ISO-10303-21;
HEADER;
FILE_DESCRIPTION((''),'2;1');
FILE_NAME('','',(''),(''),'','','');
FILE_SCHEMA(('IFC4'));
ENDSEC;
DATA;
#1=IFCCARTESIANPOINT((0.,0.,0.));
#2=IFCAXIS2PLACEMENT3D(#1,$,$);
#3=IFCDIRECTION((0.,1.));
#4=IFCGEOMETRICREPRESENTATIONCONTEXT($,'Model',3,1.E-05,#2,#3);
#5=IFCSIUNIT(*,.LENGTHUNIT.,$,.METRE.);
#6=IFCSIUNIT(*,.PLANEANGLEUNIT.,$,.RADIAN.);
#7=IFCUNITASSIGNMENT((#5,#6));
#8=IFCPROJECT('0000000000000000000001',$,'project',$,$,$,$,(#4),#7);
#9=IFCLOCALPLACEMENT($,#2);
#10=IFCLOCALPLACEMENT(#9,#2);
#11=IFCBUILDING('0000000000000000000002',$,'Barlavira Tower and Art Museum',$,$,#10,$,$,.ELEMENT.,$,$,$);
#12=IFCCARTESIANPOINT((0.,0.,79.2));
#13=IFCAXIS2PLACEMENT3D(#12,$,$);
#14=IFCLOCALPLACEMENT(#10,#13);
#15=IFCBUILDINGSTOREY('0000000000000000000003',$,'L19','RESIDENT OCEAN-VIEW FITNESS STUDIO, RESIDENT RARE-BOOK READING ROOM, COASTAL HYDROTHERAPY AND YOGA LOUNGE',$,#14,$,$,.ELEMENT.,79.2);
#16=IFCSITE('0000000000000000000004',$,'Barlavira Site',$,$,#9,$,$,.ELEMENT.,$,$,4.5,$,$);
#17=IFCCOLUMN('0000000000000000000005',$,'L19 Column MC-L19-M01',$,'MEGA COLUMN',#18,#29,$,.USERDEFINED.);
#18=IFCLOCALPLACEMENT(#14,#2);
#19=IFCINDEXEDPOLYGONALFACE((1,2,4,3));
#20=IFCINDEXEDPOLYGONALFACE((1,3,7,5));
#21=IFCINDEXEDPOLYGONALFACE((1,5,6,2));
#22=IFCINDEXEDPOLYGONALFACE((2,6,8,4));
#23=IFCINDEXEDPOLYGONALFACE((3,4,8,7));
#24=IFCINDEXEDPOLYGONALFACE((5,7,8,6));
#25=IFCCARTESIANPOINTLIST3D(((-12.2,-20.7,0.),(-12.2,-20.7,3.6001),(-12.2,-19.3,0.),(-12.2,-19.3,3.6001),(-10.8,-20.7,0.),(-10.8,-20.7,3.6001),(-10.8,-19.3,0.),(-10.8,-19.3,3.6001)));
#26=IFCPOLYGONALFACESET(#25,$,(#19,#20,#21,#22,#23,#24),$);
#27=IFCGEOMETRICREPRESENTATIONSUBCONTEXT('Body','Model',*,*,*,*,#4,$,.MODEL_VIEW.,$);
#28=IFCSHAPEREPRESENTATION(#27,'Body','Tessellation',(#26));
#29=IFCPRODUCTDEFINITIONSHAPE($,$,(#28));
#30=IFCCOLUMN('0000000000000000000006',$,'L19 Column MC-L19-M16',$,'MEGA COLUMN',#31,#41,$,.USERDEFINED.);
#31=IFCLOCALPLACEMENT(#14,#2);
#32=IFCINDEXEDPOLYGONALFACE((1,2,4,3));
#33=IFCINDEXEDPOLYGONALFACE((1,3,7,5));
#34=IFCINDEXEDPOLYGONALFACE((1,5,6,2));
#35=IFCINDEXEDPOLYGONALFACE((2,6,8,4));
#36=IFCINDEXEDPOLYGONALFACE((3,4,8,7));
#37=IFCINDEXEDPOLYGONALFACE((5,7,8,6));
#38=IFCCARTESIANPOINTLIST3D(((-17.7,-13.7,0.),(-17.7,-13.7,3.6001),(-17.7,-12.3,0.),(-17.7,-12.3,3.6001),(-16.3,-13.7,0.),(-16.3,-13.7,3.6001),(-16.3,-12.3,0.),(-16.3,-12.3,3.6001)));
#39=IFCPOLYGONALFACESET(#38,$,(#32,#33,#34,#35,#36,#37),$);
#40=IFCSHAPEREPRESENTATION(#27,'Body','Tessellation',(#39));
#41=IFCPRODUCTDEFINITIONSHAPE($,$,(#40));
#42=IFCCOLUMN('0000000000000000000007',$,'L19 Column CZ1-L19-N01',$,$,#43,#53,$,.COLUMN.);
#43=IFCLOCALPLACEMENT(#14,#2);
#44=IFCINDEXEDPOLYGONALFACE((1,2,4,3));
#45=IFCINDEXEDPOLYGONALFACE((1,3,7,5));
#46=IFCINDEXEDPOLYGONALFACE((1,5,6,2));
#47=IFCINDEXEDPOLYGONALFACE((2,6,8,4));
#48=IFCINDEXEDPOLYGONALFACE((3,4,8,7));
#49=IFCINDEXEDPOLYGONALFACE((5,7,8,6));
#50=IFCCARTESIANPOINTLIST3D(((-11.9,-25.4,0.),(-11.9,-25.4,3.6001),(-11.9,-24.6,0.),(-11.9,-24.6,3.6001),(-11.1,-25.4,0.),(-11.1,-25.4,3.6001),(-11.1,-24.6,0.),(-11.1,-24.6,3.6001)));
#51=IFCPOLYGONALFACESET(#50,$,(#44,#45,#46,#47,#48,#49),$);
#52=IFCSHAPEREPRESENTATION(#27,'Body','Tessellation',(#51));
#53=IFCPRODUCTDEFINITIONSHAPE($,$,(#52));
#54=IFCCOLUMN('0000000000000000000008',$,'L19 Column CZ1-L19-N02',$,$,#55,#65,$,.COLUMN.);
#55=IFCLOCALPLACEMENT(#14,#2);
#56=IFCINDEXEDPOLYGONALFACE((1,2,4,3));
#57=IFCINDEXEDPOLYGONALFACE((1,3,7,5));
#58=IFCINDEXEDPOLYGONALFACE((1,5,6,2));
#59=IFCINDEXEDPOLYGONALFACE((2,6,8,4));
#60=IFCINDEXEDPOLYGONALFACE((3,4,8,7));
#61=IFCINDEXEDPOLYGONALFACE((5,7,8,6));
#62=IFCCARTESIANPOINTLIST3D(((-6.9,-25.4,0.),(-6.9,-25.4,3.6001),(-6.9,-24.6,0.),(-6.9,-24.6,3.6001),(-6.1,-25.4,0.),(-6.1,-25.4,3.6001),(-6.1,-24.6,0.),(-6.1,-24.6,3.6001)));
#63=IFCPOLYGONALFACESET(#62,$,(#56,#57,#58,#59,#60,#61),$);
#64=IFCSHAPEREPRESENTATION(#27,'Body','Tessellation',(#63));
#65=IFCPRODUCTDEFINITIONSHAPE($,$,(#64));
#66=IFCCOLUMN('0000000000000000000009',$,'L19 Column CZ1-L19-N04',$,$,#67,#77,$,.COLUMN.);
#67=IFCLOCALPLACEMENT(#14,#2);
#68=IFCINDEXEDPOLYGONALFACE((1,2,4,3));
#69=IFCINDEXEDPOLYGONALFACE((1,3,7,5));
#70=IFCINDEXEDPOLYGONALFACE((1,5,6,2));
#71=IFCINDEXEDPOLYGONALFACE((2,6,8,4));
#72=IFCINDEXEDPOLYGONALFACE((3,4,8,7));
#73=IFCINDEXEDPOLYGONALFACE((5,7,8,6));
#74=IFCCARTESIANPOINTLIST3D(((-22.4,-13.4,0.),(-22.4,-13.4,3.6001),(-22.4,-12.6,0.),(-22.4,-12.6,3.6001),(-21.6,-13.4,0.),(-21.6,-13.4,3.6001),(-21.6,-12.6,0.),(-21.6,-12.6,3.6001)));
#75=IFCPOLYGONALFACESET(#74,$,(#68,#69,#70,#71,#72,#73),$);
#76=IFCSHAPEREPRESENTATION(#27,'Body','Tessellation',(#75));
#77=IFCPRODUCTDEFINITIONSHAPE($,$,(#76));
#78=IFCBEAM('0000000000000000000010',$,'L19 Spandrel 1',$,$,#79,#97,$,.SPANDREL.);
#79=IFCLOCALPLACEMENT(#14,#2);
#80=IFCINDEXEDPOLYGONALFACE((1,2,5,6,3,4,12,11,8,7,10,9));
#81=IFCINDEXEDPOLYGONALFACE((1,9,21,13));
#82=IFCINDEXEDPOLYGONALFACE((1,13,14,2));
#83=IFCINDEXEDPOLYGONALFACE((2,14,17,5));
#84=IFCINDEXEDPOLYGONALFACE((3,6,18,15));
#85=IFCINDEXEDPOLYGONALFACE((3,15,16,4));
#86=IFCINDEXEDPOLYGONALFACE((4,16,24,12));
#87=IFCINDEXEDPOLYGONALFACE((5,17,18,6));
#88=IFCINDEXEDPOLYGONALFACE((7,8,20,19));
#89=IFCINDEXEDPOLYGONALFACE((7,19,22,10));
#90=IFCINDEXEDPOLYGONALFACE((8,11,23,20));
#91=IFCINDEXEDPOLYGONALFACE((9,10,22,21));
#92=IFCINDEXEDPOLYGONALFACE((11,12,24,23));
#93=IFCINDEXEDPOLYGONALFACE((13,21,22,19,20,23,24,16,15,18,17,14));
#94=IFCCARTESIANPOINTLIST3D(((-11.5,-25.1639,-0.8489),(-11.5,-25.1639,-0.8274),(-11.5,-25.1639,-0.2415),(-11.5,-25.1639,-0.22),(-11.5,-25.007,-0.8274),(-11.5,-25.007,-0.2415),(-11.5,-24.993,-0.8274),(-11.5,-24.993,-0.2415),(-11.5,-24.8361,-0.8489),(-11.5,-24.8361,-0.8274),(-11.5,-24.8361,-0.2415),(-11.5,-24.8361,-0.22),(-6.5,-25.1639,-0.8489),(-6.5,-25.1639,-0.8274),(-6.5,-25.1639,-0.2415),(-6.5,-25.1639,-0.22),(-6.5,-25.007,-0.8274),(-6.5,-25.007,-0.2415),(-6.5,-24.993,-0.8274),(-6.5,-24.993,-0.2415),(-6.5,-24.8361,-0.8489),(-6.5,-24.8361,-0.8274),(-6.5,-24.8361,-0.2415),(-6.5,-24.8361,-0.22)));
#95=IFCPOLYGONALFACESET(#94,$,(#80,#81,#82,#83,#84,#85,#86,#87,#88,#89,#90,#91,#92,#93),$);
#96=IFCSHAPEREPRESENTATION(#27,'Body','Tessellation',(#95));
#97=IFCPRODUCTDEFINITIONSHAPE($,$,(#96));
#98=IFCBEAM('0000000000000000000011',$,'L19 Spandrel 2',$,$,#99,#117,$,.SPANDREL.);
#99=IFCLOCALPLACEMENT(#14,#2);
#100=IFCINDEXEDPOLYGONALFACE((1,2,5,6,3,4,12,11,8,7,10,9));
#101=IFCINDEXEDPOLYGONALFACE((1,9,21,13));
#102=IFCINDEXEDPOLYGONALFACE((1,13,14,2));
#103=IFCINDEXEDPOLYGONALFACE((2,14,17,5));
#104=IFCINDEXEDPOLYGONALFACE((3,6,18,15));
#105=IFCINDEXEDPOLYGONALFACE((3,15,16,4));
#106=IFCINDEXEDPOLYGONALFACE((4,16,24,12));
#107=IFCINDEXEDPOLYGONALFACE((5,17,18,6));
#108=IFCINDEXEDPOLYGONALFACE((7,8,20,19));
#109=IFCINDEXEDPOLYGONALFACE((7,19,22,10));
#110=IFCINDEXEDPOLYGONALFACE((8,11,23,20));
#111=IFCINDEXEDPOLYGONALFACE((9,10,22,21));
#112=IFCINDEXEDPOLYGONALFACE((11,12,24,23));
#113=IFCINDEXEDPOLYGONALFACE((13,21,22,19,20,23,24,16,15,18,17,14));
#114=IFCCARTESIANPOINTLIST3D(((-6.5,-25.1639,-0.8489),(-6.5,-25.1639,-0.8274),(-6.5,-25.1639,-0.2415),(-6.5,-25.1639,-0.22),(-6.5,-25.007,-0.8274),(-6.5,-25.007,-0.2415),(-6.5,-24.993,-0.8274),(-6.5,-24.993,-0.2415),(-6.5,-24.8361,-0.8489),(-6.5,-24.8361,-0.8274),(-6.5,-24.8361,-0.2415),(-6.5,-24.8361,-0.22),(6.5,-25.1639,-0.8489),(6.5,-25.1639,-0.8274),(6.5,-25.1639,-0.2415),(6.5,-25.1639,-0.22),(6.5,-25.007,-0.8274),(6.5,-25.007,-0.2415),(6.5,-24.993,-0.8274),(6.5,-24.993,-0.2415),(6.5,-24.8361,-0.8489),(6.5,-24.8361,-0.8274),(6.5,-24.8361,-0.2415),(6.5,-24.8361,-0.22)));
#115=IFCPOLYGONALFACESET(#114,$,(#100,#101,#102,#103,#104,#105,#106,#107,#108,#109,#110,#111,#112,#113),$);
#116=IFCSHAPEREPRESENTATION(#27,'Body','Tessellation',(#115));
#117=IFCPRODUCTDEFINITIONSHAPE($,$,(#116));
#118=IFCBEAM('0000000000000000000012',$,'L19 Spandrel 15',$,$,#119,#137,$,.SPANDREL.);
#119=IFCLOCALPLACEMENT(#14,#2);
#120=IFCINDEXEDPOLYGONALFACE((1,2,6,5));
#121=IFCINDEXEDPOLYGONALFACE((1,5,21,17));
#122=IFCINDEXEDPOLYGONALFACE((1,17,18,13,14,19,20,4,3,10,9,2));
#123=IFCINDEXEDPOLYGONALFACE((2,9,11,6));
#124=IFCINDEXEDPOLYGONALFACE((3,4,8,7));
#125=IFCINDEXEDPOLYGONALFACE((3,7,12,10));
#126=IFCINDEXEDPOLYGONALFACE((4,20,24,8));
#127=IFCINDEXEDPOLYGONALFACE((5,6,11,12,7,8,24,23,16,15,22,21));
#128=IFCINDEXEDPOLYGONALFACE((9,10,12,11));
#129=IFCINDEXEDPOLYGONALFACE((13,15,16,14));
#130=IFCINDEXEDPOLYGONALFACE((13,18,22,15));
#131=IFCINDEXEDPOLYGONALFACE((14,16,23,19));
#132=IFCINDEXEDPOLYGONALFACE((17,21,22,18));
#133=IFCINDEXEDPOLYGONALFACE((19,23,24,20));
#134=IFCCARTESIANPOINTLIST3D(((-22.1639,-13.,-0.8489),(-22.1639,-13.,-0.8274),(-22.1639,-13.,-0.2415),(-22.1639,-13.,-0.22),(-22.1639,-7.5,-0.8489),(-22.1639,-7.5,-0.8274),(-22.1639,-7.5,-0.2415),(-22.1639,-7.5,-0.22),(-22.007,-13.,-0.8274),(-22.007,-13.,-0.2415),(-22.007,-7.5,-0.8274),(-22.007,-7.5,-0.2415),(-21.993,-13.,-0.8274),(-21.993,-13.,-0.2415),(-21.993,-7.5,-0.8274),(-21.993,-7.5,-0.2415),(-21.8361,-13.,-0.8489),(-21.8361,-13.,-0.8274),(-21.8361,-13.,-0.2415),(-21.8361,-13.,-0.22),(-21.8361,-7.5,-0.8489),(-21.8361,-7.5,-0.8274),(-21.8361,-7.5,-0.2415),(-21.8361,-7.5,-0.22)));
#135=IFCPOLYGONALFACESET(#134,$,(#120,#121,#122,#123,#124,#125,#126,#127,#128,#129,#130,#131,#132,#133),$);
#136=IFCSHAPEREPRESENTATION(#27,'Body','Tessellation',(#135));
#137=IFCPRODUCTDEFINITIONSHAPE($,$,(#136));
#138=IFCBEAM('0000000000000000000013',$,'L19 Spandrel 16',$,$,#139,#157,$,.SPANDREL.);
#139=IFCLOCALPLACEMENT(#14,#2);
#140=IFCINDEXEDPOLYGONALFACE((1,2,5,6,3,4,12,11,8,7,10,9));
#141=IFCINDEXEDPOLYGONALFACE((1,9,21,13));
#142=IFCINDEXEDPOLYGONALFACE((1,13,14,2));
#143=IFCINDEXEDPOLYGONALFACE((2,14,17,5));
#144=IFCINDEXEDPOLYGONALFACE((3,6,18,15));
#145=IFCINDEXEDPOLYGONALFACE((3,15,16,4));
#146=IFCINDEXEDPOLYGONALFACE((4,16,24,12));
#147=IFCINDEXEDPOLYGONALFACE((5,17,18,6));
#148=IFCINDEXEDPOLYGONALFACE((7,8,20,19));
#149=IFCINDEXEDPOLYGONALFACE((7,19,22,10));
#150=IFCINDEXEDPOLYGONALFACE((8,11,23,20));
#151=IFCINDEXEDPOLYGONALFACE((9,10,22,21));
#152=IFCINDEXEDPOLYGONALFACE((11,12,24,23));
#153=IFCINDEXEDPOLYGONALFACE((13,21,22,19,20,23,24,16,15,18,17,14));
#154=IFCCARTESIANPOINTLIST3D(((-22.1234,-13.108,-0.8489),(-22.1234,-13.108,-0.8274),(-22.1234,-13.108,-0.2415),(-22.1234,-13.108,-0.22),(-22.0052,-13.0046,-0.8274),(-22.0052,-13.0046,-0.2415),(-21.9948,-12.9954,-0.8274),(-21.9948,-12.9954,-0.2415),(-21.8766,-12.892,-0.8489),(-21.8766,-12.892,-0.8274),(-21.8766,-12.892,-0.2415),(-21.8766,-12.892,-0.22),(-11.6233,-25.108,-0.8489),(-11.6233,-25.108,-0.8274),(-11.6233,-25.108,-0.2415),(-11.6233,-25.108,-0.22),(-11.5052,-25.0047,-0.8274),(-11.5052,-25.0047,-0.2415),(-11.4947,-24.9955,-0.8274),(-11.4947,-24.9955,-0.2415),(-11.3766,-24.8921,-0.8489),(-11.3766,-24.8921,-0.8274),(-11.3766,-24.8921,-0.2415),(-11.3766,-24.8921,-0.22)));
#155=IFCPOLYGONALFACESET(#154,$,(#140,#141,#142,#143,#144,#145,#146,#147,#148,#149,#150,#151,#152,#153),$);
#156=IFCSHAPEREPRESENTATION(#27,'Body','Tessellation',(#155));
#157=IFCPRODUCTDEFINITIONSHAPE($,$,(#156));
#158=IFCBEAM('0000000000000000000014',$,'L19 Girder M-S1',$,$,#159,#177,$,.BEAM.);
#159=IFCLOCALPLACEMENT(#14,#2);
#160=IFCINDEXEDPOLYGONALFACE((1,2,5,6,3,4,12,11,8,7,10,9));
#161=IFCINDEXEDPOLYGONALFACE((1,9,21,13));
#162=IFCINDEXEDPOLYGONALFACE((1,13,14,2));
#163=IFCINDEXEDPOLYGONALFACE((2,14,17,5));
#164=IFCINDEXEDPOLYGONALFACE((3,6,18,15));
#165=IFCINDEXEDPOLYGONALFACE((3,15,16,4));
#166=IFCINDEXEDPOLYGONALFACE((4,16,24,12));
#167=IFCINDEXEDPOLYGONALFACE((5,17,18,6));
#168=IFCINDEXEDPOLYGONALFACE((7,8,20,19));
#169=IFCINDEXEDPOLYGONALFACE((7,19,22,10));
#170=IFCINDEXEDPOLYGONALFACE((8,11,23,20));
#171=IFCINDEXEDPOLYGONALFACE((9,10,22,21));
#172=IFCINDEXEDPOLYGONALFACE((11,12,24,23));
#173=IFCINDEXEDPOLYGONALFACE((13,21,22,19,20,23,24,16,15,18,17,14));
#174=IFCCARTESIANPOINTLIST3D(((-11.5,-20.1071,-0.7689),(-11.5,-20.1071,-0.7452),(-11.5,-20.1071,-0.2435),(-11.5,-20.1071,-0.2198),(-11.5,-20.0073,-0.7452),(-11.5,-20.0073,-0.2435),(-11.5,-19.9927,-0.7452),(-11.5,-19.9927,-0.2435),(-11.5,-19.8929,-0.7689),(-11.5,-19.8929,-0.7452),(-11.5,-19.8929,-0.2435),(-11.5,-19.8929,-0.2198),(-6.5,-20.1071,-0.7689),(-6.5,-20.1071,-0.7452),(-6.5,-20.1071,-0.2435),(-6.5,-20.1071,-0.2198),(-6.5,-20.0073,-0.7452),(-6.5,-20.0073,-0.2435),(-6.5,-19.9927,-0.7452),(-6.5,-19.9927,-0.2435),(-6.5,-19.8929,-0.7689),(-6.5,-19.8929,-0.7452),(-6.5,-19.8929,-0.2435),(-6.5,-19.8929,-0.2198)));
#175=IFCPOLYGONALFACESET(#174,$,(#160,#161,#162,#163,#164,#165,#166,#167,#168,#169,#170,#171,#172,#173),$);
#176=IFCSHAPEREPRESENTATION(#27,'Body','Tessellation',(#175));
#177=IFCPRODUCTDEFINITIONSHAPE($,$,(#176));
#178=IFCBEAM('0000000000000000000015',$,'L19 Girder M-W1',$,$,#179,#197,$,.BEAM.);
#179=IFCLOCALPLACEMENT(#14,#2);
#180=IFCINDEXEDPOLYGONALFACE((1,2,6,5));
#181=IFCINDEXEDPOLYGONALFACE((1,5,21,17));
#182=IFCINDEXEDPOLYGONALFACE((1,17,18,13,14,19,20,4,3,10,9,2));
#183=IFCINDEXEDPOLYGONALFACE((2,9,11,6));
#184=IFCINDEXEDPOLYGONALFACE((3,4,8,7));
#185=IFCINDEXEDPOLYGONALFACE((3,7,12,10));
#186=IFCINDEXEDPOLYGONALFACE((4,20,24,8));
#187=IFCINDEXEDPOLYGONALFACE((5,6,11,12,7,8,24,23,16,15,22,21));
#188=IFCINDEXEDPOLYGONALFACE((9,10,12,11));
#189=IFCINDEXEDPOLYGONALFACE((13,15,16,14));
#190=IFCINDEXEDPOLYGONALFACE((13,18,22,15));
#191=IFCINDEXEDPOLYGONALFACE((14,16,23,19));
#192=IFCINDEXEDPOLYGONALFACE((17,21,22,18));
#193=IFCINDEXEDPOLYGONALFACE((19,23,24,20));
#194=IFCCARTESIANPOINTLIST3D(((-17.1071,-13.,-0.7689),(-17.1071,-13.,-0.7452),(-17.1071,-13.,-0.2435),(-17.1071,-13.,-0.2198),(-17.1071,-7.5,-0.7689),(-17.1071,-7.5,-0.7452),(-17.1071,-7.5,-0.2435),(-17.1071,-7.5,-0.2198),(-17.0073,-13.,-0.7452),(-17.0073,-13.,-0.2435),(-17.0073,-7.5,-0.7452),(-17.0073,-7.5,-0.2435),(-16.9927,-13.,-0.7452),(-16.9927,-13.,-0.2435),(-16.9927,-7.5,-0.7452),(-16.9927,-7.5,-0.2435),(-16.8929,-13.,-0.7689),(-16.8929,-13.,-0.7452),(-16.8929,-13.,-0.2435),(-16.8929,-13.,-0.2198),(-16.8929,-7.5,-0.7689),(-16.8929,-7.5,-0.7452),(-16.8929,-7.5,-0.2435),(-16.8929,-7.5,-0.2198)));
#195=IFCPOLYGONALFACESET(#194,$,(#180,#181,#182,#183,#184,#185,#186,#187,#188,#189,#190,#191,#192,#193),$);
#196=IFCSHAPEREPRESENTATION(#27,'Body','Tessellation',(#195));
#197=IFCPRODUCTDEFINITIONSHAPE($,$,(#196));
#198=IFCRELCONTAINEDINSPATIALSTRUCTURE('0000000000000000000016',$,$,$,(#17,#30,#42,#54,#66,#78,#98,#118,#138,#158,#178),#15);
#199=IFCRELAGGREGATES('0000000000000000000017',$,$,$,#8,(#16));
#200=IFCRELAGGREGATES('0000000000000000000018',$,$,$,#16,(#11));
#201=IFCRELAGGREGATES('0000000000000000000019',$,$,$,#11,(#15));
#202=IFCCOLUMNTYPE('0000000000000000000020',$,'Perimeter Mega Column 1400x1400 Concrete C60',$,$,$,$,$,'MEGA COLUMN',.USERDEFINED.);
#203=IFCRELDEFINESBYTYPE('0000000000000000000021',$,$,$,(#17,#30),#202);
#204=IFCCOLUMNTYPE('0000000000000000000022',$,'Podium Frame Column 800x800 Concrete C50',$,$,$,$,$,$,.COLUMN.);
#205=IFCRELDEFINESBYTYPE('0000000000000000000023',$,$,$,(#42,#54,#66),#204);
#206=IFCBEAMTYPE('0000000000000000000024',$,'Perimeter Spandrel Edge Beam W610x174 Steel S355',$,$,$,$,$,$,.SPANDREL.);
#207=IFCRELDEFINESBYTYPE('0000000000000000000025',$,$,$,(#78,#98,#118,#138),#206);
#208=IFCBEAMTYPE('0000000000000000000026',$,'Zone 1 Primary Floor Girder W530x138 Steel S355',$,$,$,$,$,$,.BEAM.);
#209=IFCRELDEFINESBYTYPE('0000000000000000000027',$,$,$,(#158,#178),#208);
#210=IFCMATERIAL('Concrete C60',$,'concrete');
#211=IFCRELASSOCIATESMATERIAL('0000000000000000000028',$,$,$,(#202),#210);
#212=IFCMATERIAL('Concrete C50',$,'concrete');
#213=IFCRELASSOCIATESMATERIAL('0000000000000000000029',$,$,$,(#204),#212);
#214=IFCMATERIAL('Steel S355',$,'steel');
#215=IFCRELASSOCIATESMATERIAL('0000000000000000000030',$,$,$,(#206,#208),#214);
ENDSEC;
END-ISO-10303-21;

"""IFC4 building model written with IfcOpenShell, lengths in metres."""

from ifc_helpers import new_model, si_unit, direction, frame, origin, origin_2d, place, context, subcontext, project, spatial, rectangle, i_section, extrude, material, material_profile, profile_set, type_object, element, save


model = new_model("IFC4")

# Units and contexts
model_context = context("Model", 3, precision=1e-05, world=origin(), true_north=direction((0.0, 1.0)))
body_context = subcontext(model_context, "Body", "Model", "MODEL_VIEW")
ifc_project = project(units=[si_unit("LENGTHUNIT", "METRE"), si_unit("PLANEANGLEUNIT", "RADIAN")], contexts=[model_context])

# Site, building, storey
site_placement = place(None, origin())
site = spatial("IfcSite", under=ifc_project, at=site_placement, Name="Barlavira Site", CompositionType="ELEMENT", RefElevation=4.5)
building_placement = place(site_placement, origin())
building = spatial("IfcBuilding", under=site, at=building_placement, Name="Barlavira Tower and Art Museum", CompositionType="ELEMENT")
storey_placement = place(building_placement, frame((0.0, 0.0, 79.2)))
storey = spatial("IfcBuildingStorey", under=building, at=storey_placement, Name="L19", Description="RESIDENT OCEAN-VIEW FITNESS STUDIO, RESIDENT RARE-BOOK READING ROOM, COASTAL HYDROTHERAPY AND YOGA LOUNGE", CompositionType="ELEMENT", Elevation=79.2)

# Columns
ifc_material_1 = material(Name="Concrete C60", Category="concrete")
ifc_material_profile_1 = material_profile(ifc_material_1, rectangle(XDim=1.3999, YDim=1.3999, at=origin_2d()), Name="RC-MCOL 1400x1400")
ifc_profile_set_1 = profile_set([ifc_material_profile_1], Name="Concrete C60")
column_type_1 = type_object("IfcColumnType", Name="Perimeter Mega Column 1400x1400 Concrete C60", ElementType="MEGA COLUMN", PredefinedType="USERDEFINED", material=ifc_profile_set_1)
for number, where, z_axis, x_axis, name in (
    (1, (-11.5, -20.0, 0.0), (0.0, 0.0, 1.0), (1.0, 0.0, 0.0), "L19 Column MC-L19-M01"),
    (2, (-17.0, -13.0, 0.0), (0.0, 0.0, 1.0), (1.0, 0.0, 0.0), "L19 Column MC-L19-M16"),
):
    element("IfcColumn", number, at=place(storey_placement, frame(where, z_axis=z_axis, x_axis=x_axis)), inside=storey, type_object=column_type_1, Name=name, ObjectType="MEGA COLUMN", PredefinedType="USERDEFINED", context=body_context, shape_type="SweptSolid", body=[
        extrude(rectangle(XDim=1.3999, YDim=1.3999, at=origin_2d()), origin(), (0.0, 0.0, 1.0), 3.6001),
    ])
ifc_material_2 = material(Name="Concrete C50", Category="concrete")
ifc_material_profile_2 = material_profile(ifc_material_2, rectangle(XDim=0.8, YDim=0.8, at=origin_2d()), Name="RC-COL 800x800")
ifc_profile_set_2 = profile_set([ifc_material_profile_2], Name="Concrete C50")
column_type_2 = type_object("IfcColumnType", Name="Podium Frame Column 800x800 Concrete C50", PredefinedType="COLUMN", material=ifc_profile_set_2)
for number, where, z_axis, x_axis, name in (
    (3, (-11.5, -25.0, 0.0), (0.0, 0.0, 1.0), (1.0, 0.0, 0.0), "L19 Column CZ1-L19-N01"),
    (4, (-6.5, -25.0, 0.0), (0.0, 0.0, 1.0), (1.0, 0.0, 0.0), "L19 Column CZ1-L19-N02"),
    (5, (-22.0, -13.0, 0.0), (0.0, 0.0, 1.0), (1.0, 0.0, 0.0), "L19 Column CZ1-L19-N04"),
):
    element("IfcColumn", number, at=place(storey_placement, frame(where, z_axis=z_axis, x_axis=x_axis)), inside=storey, type_object=column_type_2, Name=name, PredefinedType="COLUMN", context=body_context, shape_type="SweptSolid", body=[
        extrude(rectangle(XDim=0.8, YDim=0.8, at=origin_2d()), origin(), (0.0, 0.0, 1.0), 3.6001),
    ])

# Beams
ifc_material_3 = material(Name="Steel S355", Category="steel")
ifc_material_profile_3 = material_profile(ifc_material_3, i_section(OverallWidth=0.3279, OverallDepth=0.6289, WebThickness=0.0139, FlangeThickness=0.0215, at=origin_2d()), Name="W610x174.0")
ifc_profile_set_3 = profile_set([ifc_material_profile_3], Name="Steel S355")
beam_type_1 = type_object("IfcBeamType", Name="Perimeter Spandrel Edge Beam W610x174 Steel S355", PredefinedType="SPANDREL", material=ifc_profile_set_3)
beam_1_placement = place(storey_placement, frame((-11.5, -25.0, -0.5344), z_axis=(1.0, 0.0, 0.0), x_axis=(0.0, 1.0, 0.0)))
element("IfcBeam", 6, at=beam_1_placement, inside=storey, type_object=beam_type_1, Name="L19 Spandrel 1", PredefinedType="SPANDREL", context=body_context, shape_type="SweptSolid", body=[
    extrude(i_section(OverallWidth=0.3279, OverallDepth=0.6289, WebThickness=0.0139, FlangeThickness=0.0215, at=origin_2d()), origin(), (0.0, 0.0, 1.0), 5.0),
])
beam_2_placement = place(storey_placement, frame((-6.5, -25.0, -0.5344), z_axis=(1.0, 0.0, 0.0), x_axis=(0.0, 1.0, 0.0)))
element("IfcBeam", 7, at=beam_2_placement, inside=storey, type_object=beam_type_1, Name="L19 Spandrel 2", PredefinedType="SPANDREL", context=body_context, shape_type="SweptSolid", body=[
    extrude(i_section(OverallWidth=0.3279, OverallDepth=0.6289, WebThickness=0.0139, FlangeThickness=0.0215, at=origin_2d()), origin(), (0.0, 0.0, 1.0), 13.0),
])
beam_3_placement = place(storey_placement, frame((-22.0, -13.0, -0.5344), z_axis=(0.0, 1.0, 0.0), x_axis=(-1.0, 0.0, 0.0)))
element("IfcBeam", 8, at=beam_3_placement, inside=storey, type_object=beam_type_1, Name="L19 Spandrel 15", PredefinedType="SPANDREL", context=body_context, shape_type="SweptSolid", body=[
    extrude(i_section(OverallWidth=0.3279, OverallDepth=0.6289, WebThickness=0.0139, FlangeThickness=0.0215, at=origin_2d()), origin(), (0.0, 0.0, 1.0), 5.5),
])
beam_4_placement = place(storey_placement, frame((-22.0, -13.0, -0.5344), z_axis=(0.658505, -0.752577, 0.0), x_axis=(0.752577, 0.658505, 0.0)))
element("IfcBeam", 9, at=beam_4_placement, inside=storey, type_object=beam_type_1, Name="L19 Spandrel 16", PredefinedType="SPANDREL", context=body_context, shape_type="SweptSolid", body=[
    extrude(i_section(OverallWidth=0.3279, OverallDepth=0.6289, WebThickness=0.0139, FlangeThickness=0.0215, at=origin_2d()), origin(), (0.0, 0.0, 1.0), 15.9453),
])
ifc_material_profile_4 = material_profile(ifc_material_3, i_section(OverallWidth=0.2141, OverallDepth=0.5491, WebThickness=0.0146, FlangeThickness=0.0237, at=origin_2d()), Name="W530x138.0")
ifc_profile_set_4 = profile_set([ifc_material_profile_4], Name="Steel S355")
beam_type_2 = type_object("IfcBeamType", Name="Zone 1 Primary Floor Girder W530x138 Steel S355", PredefinedType="BEAM", material=ifc_profile_set_4)
beam_5_placement = place(storey_placement, frame((-11.5, -20.0, -0.4944), z_axis=(1.0, 0.0, 0.0), x_axis=(0.0, 1.0, 0.0)))
element("IfcBeam", 10, at=beam_5_placement, inside=storey, type_object=beam_type_2, Name="L19 Girder M-S1", PredefinedType="BEAM", context=body_context, shape_type="SweptSolid", body=[
    extrude(i_section(OverallWidth=0.2141, OverallDepth=0.5491, WebThickness=0.0146, FlangeThickness=0.0237, at=origin_2d()), origin(), (0.0, 0.0, 1.0), 5.0),
])
beam_6_placement = place(storey_placement, frame((-17.0, -13.0, -0.4944), z_axis=(0.0, 1.0, 0.0), x_axis=(-1.0, 0.0, 0.0)))
element("IfcBeam", 11, at=beam_6_placement, inside=storey, type_object=beam_type_2, Name="L19 Girder M-W1", PredefinedType="BEAM", context=body_context, shape_type="SweptSolid", body=[
    extrude(i_section(OverallWidth=0.2141, OverallDepth=0.5491, WebThickness=0.0146, FlangeThickness=0.0237, at=origin_2d()), origin(), (0.0, 0.0, 1.0), 5.5),
])

save(model, "model.ifc")
